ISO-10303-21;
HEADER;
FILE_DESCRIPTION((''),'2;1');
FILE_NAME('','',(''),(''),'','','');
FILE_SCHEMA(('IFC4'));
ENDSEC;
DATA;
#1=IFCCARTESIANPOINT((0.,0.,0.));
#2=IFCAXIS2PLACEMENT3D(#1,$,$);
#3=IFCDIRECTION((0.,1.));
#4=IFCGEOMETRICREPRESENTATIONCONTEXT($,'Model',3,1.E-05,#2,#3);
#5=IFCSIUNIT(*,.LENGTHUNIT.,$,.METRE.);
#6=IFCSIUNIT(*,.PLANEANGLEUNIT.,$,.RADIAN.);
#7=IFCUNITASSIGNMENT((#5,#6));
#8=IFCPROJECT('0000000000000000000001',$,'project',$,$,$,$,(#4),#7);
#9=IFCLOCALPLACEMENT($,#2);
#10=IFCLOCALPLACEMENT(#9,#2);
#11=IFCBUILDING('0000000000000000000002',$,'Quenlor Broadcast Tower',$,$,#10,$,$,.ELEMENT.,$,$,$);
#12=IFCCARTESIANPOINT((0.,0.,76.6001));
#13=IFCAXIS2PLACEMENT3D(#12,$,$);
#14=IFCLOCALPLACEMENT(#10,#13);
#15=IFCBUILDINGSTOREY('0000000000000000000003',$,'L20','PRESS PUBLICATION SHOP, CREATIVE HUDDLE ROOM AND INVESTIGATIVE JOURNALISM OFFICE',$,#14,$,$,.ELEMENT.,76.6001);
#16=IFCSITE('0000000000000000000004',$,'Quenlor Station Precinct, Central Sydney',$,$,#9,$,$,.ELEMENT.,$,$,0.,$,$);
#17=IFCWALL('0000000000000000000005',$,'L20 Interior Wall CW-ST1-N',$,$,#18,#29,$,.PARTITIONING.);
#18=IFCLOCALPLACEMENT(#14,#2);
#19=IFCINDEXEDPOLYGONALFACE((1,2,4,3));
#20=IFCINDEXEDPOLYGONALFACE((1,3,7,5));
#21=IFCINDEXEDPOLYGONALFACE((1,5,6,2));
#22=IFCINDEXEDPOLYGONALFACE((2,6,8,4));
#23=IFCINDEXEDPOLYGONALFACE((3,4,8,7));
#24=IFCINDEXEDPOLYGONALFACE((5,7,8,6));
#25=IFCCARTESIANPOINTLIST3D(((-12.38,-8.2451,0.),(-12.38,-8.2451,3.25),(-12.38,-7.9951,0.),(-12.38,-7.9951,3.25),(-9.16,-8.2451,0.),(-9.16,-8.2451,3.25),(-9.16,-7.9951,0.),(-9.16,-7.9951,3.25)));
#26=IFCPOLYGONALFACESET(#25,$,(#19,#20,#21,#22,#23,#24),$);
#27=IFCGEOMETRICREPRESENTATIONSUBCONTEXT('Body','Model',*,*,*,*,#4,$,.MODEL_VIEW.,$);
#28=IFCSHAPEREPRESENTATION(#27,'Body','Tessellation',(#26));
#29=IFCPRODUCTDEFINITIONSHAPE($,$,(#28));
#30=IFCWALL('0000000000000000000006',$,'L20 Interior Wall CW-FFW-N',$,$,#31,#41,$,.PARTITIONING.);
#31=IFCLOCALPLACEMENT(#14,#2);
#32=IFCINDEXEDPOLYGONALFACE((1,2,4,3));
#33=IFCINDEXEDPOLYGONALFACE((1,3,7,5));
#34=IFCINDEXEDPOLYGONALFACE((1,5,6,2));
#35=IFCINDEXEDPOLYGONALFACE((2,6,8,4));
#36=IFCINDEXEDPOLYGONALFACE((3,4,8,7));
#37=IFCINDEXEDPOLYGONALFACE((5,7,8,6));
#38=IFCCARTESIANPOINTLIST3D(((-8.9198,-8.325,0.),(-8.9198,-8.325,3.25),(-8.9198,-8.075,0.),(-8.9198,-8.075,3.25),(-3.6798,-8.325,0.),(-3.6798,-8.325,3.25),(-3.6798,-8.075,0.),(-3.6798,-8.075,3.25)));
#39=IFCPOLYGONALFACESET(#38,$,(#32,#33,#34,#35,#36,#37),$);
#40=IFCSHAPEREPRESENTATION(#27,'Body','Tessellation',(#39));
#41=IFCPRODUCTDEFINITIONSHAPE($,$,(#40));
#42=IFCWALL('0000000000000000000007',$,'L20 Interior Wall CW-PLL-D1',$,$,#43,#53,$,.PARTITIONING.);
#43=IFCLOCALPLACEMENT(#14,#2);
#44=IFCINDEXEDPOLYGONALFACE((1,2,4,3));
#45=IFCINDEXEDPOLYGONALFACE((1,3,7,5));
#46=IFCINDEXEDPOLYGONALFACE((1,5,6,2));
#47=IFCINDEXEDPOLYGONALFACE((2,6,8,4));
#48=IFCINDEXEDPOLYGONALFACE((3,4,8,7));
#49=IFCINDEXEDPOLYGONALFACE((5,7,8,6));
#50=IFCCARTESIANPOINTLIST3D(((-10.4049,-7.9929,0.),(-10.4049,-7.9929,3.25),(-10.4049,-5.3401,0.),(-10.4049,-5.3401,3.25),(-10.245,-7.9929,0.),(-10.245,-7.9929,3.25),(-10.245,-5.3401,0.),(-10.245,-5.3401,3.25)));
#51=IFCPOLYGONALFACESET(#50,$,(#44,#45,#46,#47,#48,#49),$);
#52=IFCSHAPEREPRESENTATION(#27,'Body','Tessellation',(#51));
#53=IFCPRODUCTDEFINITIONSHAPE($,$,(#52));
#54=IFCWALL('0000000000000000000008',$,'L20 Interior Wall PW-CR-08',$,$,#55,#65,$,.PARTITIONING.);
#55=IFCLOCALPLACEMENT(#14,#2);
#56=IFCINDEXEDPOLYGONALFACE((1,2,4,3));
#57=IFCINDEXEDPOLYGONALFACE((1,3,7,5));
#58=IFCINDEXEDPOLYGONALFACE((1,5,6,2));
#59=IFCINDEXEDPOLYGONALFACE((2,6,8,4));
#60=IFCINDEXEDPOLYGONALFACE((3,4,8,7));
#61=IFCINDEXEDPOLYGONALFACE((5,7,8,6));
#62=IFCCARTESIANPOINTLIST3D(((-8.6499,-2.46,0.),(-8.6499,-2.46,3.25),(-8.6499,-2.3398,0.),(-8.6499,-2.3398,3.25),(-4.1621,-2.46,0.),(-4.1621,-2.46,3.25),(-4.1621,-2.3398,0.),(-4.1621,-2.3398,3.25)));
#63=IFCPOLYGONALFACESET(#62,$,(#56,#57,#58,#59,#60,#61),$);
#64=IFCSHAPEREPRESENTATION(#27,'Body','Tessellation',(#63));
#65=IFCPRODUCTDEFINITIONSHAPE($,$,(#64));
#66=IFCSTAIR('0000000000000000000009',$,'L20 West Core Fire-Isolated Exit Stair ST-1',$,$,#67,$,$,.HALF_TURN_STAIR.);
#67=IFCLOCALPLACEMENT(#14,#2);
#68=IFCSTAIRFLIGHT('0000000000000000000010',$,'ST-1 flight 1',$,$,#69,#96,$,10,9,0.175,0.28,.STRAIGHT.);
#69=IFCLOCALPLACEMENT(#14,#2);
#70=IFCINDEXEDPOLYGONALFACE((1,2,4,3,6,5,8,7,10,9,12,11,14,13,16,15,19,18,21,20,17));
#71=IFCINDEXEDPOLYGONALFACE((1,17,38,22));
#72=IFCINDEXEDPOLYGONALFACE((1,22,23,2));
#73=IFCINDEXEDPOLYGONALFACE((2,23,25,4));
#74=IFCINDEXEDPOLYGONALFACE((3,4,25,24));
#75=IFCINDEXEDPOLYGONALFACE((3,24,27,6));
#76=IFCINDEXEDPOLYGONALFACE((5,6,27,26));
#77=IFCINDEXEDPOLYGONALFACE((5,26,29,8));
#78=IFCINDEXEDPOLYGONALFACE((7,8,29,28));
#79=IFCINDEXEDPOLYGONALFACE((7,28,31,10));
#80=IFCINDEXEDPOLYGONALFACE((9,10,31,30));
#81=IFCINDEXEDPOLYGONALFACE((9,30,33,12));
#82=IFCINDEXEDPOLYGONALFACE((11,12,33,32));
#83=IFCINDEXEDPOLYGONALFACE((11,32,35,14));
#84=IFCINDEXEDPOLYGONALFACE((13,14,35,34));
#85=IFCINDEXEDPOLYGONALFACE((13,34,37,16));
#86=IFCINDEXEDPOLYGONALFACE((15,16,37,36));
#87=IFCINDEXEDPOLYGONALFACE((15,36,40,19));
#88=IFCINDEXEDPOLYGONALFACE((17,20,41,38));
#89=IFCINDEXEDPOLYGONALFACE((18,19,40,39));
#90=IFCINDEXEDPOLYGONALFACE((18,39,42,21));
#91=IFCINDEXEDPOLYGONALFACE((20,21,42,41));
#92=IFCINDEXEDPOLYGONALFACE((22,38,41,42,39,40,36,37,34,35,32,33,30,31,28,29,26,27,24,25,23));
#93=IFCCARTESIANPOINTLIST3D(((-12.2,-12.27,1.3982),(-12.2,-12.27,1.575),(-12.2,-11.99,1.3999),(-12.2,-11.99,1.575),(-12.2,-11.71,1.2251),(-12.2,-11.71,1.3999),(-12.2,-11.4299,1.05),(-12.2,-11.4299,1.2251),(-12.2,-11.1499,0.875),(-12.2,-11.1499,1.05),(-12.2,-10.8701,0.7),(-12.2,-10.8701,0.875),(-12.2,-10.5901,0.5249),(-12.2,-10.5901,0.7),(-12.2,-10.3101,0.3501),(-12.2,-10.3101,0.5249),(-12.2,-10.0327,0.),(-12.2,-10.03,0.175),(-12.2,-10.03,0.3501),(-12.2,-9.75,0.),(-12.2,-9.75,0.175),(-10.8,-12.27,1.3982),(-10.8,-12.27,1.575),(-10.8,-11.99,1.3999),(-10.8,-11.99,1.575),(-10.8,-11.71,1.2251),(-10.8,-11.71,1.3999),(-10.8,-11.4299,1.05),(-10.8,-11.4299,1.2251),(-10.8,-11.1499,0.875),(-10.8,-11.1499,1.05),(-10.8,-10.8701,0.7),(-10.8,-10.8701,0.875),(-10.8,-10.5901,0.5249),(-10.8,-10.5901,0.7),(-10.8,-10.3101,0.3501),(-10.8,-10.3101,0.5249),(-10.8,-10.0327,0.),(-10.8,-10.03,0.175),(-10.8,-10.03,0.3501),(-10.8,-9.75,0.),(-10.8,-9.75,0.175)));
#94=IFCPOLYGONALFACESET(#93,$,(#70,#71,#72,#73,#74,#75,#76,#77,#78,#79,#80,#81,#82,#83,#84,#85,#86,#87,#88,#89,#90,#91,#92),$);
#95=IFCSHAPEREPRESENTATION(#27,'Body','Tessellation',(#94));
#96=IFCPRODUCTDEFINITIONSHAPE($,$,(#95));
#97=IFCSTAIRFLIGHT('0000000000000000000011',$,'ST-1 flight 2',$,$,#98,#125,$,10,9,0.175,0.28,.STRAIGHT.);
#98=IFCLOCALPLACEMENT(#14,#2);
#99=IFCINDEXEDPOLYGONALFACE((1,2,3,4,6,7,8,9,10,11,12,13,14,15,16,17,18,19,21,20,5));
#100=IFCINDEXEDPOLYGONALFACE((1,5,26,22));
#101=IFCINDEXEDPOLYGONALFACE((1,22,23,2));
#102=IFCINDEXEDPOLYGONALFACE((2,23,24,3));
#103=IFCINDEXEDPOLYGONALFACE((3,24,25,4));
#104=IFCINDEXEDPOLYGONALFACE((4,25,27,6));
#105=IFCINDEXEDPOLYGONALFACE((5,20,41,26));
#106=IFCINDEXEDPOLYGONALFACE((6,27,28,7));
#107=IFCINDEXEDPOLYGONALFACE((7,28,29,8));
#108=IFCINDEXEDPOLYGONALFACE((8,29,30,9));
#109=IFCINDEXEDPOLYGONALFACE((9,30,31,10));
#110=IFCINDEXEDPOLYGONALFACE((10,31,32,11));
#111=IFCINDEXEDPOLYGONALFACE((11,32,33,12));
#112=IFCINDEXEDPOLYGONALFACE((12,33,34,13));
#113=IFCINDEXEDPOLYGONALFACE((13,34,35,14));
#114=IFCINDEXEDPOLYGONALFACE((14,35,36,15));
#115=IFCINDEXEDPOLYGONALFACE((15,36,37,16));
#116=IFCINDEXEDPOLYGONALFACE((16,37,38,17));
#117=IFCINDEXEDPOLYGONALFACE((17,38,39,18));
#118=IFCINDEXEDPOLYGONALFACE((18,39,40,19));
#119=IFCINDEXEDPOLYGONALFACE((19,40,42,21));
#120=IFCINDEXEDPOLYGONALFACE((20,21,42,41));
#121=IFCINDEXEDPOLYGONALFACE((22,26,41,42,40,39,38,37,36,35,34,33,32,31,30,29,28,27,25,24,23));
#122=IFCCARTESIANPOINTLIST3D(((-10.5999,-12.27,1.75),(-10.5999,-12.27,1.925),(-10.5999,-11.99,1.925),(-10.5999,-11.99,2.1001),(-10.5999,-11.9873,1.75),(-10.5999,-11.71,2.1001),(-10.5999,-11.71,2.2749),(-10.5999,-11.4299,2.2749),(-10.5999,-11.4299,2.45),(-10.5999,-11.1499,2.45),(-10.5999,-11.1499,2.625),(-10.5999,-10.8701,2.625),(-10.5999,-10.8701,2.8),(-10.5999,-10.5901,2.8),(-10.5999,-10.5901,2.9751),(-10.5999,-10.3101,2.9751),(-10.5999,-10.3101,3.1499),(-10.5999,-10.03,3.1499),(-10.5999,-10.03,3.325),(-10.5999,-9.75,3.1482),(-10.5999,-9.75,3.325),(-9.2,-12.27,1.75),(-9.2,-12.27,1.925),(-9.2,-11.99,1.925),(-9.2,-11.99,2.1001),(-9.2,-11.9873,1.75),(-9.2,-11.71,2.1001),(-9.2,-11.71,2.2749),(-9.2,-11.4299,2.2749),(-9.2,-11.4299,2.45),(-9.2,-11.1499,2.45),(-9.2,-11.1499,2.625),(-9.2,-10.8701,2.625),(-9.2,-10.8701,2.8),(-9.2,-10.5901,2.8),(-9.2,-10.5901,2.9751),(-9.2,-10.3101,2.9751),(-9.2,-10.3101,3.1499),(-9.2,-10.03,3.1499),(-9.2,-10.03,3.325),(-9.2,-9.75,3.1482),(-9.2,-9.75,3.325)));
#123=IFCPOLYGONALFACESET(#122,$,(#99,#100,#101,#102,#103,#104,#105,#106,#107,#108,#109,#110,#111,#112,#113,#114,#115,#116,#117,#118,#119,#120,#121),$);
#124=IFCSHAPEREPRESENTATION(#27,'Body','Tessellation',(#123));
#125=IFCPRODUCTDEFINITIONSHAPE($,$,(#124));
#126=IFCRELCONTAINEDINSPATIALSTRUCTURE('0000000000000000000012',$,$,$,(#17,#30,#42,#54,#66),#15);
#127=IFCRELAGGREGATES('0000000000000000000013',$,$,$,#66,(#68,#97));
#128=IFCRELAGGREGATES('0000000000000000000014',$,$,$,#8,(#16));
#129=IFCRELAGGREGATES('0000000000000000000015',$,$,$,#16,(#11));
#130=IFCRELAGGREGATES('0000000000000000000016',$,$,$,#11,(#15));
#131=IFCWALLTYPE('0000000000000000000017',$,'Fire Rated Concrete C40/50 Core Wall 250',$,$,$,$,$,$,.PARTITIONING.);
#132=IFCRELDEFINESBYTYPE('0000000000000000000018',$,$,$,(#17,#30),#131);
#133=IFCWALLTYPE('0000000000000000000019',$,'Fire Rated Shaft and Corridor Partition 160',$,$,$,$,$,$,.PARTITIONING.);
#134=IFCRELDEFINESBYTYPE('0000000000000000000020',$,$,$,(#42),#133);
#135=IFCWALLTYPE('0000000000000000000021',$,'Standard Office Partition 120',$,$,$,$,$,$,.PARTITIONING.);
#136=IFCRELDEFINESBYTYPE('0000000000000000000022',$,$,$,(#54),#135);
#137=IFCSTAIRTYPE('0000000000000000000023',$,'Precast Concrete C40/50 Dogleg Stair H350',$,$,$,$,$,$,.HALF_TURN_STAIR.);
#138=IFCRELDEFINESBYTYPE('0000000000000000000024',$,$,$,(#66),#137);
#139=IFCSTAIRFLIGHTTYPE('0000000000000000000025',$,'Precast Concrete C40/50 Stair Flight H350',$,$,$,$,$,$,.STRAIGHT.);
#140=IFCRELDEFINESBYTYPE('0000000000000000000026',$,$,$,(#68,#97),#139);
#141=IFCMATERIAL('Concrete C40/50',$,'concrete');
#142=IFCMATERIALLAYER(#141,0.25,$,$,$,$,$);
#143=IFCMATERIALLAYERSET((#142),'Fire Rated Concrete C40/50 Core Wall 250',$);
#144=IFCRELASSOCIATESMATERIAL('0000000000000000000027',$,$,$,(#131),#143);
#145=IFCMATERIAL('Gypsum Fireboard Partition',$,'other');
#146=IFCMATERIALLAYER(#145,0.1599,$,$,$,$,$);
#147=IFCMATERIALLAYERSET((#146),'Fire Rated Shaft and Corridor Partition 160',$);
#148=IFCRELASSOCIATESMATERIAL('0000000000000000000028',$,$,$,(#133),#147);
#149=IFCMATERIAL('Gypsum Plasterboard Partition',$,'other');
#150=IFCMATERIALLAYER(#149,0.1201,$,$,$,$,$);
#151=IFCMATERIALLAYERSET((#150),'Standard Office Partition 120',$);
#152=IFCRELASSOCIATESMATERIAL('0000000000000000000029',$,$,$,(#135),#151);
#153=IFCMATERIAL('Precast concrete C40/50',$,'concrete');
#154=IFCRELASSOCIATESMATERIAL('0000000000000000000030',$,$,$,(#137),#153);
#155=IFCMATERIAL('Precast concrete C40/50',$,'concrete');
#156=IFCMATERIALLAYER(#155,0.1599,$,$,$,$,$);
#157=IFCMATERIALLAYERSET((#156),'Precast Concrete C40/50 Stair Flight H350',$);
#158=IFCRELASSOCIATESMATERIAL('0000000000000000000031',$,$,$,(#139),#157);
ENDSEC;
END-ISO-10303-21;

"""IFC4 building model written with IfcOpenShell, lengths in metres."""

from ifc_helpers import new_model, si_unit, direction, frame, frame_2d, origin, place, context, subcontext, project, spatial, polyline, rectangle, outline, extrude, material, layer, layer_set, type_object, element, aggregate, save


model = new_model("IFC4")

# Units and contexts
model_context = context("Model", 3, precision=1e-05, world=origin(), true_north=direction((0.0, 1.0)))
body_context = subcontext(model_context, "Body", "Model", "MODEL_VIEW")
ifc_project = project(units=[si_unit("LENGTHUNIT", "METRE"), si_unit("PLANEANGLEUNIT", "RADIAN")], contexts=[model_context])

# Site, building, storey
site_placement = place(None, origin())
site = spatial("IfcSite", under=ifc_project, at=site_placement, Name="Quenlor Station Precinct, Central Sydney", CompositionType="ELEMENT", RefElevation=0.0)
building_placement = place(site_placement, origin())
building = spatial("IfcBuilding", under=site, at=building_placement, Name="Quenlor Broadcast Tower", CompositionType="ELEMENT")
storey_placement = place(building_placement, frame((0.0, 0.0, 76.6001)))
storey = spatial("IfcBuildingStorey", under=building, at=storey_placement, Name="L20", Description="PRESS PUBLICATION SHOP, CREATIVE HUDDLE ROOM AND INVESTIGATIVE JOURNALISM OFFICE", CompositionType="ELEMENT", Elevation=76.6001)

# Shared definitions
ifc_material_1 = material(Name="Concrete C40/50", Category="concrete")
ifc_layer_1 = layer(ifc_material_1, 0.25)
ifc_layer_set_1 = layer_set([ifc_layer_1], Name="Fire Rated Concrete C40/50 Core Wall 250")
wall_type_1 = type_object("IfcWallType", Name="Fire Rated Concrete C40/50 Core Wall 250", PredefinedType="PARTITIONING", material=ifc_layer_set_1)

# Walls
wall_1_placement = place(storey_placement, frame((-12.3799, -8.1201, 0.0), z_axis=(0.0, 0.0, 1.0), x_axis=(1.0, 0.0, 0.0)))
element("IfcWall", 1, at=wall_1_placement, inside=storey, type_object=wall_type_1, Name="L20 Interior Wall CW-ST1-N", PredefinedType="PARTITIONING", context=body_context, shape_type="SweptSolid", body=[
    extrude(rectangle(XDim=3.22, YDim=0.25, at=frame_2d((1.6099, 0.0))), origin(), (0.0, 0.0, 1.0), 3.25),
])
wall_2_placement = place(storey_placement, frame((-8.9199, -8.2, 0.0), z_axis=(0.0, 0.0, 1.0), x_axis=(1.0, 0.0, 0.0)))
element("IfcWall", 2, at=wall_2_placement, inside=storey, type_object=wall_type_1, Name="L20 Interior Wall CW-FFW-N", PredefinedType="PARTITIONING", context=body_context, shape_type="SweptSolid", body=[
    extrude(rectangle(XDim=5.24, YDim=0.25, at=frame_2d((2.6201, 0.0))), origin(), (0.0, 0.0, 1.0), 3.25),
])

# Walls
ifc_material_2 = material(Name="Gypsum Fireboard Partition", Category="other")
ifc_layer_2 = layer(ifc_material_2, 0.1599)
ifc_layer_set_2 = layer_set([ifc_layer_2], Name="Fire Rated Shaft and Corridor Partition 160")
wall_type_2 = type_object("IfcWallType", Name="Fire Rated Shaft and Corridor Partition 160", PredefinedType="PARTITIONING", material=ifc_layer_set_2)
wall_3_placement = place(storey_placement, frame((-10.325, -7.9929, 0.0), z_axis=(0.0, 0.0, 1.0), x_axis=(0.0, 1.0, 0.0)))
element("IfcWall", 3, at=wall_3_placement, inside=storey, type_object=wall_type_2, Name="L20 Interior Wall CW-PLL-D1", PredefinedType="PARTITIONING", context=body_context, shape_type="SweptSolid", body=[
    extrude(rectangle(XDim=2.6528, YDim=0.1599, at=frame_2d((1.3264, 0.0))), origin(), (0.0, 0.0, 1.0), 3.25),
])
ifc_material_3 = material(Name="Gypsum Plasterboard Partition", Category="other")
ifc_layer_3 = layer(ifc_material_3, 0.1201)
ifc_layer_set_3 = layer_set([ifc_layer_3], Name="Standard Office Partition 120")
wall_type_3 = type_object("IfcWallType", Name="Standard Office Partition 120", PredefinedType="PARTITIONING", material=ifc_layer_set_3)
wall_4_placement = place(storey_placement, frame((-8.6499, -2.3999, 0.0), z_axis=(0.0, 0.0, 1.0), x_axis=(1.0, 0.0, 0.0)))
element("IfcWall", 4, at=wall_4_placement, inside=storey, type_object=wall_type_3, Name="L20 Interior Wall PW-CR-08", PredefinedType="PARTITIONING", context=body_context, shape_type="SweptSolid", body=[
    extrude(rectangle(XDim=4.4878, YDim=0.1201, at=frame_2d((2.2439, 0.0))), origin(), (0.0, 0.0, 1.0), 3.25),
])

# Stair, stair flights
ifc_material_4 = material(Name="Precast concrete C40/50", Category="concrete")
stair_type = type_object("IfcStairType", Name="Precast Concrete C40/50 Dogleg Stair H350", PredefinedType="HALF_TURN_STAIR", material=ifc_material_4)
stair_placement = place(storey_placement, origin())
stair = element("IfcStair", 5, at=stair_placement, inside=storey, type_object=stair_type, Name="L20 West Core Fire-Isolated Exit Stair ST-1", PredefinedType="HALF_TURN_STAIR")
ifc_material_5 = material(Name="Precast concrete C40/50", Category="concrete")
ifc_layer_4 = layer(ifc_material_5, 0.1599)
ifc_layer_set_4 = layer_set([ifc_layer_4], Name="Precast Concrete C40/50 Stair Flight H350")
stair_flight_type = type_object("IfcStairFlightType", Name="Precast Concrete C40/50 Stair Flight H350", PredefinedType="STRAIGHT", material=ifc_layer_set_4)
stair_flight_1_placement = place(storey_placement, frame((-11.5, -9.75, 0.0), z_axis=(0.0, 0.0, 1.0), x_axis=(0.0, -1.0, 0.0)))
stair_flight_1 = element("IfcStairFlight", 6, at=stair_flight_1_placement, type_object=stair_flight_type, Name="ST-1 flight 1", NumberOfRisers=10, NumberOfTreads=9, PredefinedType="STRAIGHT", RiserHeight=0.175, TreadLength=0.28, context=body_context, shape_type="SweptSolid", body=[
    extrude(outline(polyline([(0.0, 0.0), (0.0, 0.175), (0.28, 0.175), (0.28, 0.3501), (0.5601, 0.3501), (0.5601, 0.5249), (0.8401, 0.5249), (0.8401, 0.7), (1.1201, 0.7), (1.1201, 0.875), (1.3999, 0.875), (1.3999, 1.05), (1.6799, 1.05), (1.6799, 1.2251), (1.96, 1.2251), (1.96, 1.3999), (2.24, 1.3999), (2.24, 1.575), (2.52, 1.575), (2.52, 1.75), (2.52, 1.3982), (0.2827, 0.0), (0.0, 0.0)])), frame((0.0, 0.7, 0.0), z_axis=(0.0, -1.0, 0.0), x_axis=(1.0, 0.0, 0.0)), (0.0, 0.0, 1.0), 1.3999),
])
stair_flight_2_placement = place(storey_placement, frame((-9.8999, -12.27, 1.75), z_axis=(0.0, 0.0, 1.0), x_axis=(0.0, 1.0, 0.0)))
stair_flight_2 = element("IfcStairFlight", 7, at=stair_flight_2_placement, type_object=stair_flight_type, Name="ST-1 flight 2", NumberOfRisers=10, NumberOfTreads=9, PredefinedType="STRAIGHT", RiserHeight=0.175, TreadLength=0.28, context=body_context, shape_type="SweptSolid", body=[
    extrude(outline(polyline([(0.0, 0.0), (0.0, 0.175), (0.28, 0.175), (0.28, 0.3501), (0.5601, 0.3501), (0.5601, 0.5249), (0.8401, 0.5249), (0.8401, 0.7), (1.1201, 0.7), (1.1201, 0.875), (1.3999, 0.875), (1.3999, 1.05), (1.6799, 1.05), (1.6799, 1.2251), (1.96, 1.2251), (1.96, 1.3999), (2.24, 1.3999), (2.24, 1.575), (2.52, 1.575), (2.52, 1.75), (2.52, 1.3982), (0.2827, 0.0), (0.0, 0.0)])), frame((0.0, 0.7, 0.0), z_axis=(0.0, -1.0, 0.0), x_axis=(1.0, 0.0, 0.0)), (0.0, 0.0, 1.0), 1.3999),
])
aggregate(stair, [stair_flight_1, stair_flight_2])

save(model, "model.ifc")
